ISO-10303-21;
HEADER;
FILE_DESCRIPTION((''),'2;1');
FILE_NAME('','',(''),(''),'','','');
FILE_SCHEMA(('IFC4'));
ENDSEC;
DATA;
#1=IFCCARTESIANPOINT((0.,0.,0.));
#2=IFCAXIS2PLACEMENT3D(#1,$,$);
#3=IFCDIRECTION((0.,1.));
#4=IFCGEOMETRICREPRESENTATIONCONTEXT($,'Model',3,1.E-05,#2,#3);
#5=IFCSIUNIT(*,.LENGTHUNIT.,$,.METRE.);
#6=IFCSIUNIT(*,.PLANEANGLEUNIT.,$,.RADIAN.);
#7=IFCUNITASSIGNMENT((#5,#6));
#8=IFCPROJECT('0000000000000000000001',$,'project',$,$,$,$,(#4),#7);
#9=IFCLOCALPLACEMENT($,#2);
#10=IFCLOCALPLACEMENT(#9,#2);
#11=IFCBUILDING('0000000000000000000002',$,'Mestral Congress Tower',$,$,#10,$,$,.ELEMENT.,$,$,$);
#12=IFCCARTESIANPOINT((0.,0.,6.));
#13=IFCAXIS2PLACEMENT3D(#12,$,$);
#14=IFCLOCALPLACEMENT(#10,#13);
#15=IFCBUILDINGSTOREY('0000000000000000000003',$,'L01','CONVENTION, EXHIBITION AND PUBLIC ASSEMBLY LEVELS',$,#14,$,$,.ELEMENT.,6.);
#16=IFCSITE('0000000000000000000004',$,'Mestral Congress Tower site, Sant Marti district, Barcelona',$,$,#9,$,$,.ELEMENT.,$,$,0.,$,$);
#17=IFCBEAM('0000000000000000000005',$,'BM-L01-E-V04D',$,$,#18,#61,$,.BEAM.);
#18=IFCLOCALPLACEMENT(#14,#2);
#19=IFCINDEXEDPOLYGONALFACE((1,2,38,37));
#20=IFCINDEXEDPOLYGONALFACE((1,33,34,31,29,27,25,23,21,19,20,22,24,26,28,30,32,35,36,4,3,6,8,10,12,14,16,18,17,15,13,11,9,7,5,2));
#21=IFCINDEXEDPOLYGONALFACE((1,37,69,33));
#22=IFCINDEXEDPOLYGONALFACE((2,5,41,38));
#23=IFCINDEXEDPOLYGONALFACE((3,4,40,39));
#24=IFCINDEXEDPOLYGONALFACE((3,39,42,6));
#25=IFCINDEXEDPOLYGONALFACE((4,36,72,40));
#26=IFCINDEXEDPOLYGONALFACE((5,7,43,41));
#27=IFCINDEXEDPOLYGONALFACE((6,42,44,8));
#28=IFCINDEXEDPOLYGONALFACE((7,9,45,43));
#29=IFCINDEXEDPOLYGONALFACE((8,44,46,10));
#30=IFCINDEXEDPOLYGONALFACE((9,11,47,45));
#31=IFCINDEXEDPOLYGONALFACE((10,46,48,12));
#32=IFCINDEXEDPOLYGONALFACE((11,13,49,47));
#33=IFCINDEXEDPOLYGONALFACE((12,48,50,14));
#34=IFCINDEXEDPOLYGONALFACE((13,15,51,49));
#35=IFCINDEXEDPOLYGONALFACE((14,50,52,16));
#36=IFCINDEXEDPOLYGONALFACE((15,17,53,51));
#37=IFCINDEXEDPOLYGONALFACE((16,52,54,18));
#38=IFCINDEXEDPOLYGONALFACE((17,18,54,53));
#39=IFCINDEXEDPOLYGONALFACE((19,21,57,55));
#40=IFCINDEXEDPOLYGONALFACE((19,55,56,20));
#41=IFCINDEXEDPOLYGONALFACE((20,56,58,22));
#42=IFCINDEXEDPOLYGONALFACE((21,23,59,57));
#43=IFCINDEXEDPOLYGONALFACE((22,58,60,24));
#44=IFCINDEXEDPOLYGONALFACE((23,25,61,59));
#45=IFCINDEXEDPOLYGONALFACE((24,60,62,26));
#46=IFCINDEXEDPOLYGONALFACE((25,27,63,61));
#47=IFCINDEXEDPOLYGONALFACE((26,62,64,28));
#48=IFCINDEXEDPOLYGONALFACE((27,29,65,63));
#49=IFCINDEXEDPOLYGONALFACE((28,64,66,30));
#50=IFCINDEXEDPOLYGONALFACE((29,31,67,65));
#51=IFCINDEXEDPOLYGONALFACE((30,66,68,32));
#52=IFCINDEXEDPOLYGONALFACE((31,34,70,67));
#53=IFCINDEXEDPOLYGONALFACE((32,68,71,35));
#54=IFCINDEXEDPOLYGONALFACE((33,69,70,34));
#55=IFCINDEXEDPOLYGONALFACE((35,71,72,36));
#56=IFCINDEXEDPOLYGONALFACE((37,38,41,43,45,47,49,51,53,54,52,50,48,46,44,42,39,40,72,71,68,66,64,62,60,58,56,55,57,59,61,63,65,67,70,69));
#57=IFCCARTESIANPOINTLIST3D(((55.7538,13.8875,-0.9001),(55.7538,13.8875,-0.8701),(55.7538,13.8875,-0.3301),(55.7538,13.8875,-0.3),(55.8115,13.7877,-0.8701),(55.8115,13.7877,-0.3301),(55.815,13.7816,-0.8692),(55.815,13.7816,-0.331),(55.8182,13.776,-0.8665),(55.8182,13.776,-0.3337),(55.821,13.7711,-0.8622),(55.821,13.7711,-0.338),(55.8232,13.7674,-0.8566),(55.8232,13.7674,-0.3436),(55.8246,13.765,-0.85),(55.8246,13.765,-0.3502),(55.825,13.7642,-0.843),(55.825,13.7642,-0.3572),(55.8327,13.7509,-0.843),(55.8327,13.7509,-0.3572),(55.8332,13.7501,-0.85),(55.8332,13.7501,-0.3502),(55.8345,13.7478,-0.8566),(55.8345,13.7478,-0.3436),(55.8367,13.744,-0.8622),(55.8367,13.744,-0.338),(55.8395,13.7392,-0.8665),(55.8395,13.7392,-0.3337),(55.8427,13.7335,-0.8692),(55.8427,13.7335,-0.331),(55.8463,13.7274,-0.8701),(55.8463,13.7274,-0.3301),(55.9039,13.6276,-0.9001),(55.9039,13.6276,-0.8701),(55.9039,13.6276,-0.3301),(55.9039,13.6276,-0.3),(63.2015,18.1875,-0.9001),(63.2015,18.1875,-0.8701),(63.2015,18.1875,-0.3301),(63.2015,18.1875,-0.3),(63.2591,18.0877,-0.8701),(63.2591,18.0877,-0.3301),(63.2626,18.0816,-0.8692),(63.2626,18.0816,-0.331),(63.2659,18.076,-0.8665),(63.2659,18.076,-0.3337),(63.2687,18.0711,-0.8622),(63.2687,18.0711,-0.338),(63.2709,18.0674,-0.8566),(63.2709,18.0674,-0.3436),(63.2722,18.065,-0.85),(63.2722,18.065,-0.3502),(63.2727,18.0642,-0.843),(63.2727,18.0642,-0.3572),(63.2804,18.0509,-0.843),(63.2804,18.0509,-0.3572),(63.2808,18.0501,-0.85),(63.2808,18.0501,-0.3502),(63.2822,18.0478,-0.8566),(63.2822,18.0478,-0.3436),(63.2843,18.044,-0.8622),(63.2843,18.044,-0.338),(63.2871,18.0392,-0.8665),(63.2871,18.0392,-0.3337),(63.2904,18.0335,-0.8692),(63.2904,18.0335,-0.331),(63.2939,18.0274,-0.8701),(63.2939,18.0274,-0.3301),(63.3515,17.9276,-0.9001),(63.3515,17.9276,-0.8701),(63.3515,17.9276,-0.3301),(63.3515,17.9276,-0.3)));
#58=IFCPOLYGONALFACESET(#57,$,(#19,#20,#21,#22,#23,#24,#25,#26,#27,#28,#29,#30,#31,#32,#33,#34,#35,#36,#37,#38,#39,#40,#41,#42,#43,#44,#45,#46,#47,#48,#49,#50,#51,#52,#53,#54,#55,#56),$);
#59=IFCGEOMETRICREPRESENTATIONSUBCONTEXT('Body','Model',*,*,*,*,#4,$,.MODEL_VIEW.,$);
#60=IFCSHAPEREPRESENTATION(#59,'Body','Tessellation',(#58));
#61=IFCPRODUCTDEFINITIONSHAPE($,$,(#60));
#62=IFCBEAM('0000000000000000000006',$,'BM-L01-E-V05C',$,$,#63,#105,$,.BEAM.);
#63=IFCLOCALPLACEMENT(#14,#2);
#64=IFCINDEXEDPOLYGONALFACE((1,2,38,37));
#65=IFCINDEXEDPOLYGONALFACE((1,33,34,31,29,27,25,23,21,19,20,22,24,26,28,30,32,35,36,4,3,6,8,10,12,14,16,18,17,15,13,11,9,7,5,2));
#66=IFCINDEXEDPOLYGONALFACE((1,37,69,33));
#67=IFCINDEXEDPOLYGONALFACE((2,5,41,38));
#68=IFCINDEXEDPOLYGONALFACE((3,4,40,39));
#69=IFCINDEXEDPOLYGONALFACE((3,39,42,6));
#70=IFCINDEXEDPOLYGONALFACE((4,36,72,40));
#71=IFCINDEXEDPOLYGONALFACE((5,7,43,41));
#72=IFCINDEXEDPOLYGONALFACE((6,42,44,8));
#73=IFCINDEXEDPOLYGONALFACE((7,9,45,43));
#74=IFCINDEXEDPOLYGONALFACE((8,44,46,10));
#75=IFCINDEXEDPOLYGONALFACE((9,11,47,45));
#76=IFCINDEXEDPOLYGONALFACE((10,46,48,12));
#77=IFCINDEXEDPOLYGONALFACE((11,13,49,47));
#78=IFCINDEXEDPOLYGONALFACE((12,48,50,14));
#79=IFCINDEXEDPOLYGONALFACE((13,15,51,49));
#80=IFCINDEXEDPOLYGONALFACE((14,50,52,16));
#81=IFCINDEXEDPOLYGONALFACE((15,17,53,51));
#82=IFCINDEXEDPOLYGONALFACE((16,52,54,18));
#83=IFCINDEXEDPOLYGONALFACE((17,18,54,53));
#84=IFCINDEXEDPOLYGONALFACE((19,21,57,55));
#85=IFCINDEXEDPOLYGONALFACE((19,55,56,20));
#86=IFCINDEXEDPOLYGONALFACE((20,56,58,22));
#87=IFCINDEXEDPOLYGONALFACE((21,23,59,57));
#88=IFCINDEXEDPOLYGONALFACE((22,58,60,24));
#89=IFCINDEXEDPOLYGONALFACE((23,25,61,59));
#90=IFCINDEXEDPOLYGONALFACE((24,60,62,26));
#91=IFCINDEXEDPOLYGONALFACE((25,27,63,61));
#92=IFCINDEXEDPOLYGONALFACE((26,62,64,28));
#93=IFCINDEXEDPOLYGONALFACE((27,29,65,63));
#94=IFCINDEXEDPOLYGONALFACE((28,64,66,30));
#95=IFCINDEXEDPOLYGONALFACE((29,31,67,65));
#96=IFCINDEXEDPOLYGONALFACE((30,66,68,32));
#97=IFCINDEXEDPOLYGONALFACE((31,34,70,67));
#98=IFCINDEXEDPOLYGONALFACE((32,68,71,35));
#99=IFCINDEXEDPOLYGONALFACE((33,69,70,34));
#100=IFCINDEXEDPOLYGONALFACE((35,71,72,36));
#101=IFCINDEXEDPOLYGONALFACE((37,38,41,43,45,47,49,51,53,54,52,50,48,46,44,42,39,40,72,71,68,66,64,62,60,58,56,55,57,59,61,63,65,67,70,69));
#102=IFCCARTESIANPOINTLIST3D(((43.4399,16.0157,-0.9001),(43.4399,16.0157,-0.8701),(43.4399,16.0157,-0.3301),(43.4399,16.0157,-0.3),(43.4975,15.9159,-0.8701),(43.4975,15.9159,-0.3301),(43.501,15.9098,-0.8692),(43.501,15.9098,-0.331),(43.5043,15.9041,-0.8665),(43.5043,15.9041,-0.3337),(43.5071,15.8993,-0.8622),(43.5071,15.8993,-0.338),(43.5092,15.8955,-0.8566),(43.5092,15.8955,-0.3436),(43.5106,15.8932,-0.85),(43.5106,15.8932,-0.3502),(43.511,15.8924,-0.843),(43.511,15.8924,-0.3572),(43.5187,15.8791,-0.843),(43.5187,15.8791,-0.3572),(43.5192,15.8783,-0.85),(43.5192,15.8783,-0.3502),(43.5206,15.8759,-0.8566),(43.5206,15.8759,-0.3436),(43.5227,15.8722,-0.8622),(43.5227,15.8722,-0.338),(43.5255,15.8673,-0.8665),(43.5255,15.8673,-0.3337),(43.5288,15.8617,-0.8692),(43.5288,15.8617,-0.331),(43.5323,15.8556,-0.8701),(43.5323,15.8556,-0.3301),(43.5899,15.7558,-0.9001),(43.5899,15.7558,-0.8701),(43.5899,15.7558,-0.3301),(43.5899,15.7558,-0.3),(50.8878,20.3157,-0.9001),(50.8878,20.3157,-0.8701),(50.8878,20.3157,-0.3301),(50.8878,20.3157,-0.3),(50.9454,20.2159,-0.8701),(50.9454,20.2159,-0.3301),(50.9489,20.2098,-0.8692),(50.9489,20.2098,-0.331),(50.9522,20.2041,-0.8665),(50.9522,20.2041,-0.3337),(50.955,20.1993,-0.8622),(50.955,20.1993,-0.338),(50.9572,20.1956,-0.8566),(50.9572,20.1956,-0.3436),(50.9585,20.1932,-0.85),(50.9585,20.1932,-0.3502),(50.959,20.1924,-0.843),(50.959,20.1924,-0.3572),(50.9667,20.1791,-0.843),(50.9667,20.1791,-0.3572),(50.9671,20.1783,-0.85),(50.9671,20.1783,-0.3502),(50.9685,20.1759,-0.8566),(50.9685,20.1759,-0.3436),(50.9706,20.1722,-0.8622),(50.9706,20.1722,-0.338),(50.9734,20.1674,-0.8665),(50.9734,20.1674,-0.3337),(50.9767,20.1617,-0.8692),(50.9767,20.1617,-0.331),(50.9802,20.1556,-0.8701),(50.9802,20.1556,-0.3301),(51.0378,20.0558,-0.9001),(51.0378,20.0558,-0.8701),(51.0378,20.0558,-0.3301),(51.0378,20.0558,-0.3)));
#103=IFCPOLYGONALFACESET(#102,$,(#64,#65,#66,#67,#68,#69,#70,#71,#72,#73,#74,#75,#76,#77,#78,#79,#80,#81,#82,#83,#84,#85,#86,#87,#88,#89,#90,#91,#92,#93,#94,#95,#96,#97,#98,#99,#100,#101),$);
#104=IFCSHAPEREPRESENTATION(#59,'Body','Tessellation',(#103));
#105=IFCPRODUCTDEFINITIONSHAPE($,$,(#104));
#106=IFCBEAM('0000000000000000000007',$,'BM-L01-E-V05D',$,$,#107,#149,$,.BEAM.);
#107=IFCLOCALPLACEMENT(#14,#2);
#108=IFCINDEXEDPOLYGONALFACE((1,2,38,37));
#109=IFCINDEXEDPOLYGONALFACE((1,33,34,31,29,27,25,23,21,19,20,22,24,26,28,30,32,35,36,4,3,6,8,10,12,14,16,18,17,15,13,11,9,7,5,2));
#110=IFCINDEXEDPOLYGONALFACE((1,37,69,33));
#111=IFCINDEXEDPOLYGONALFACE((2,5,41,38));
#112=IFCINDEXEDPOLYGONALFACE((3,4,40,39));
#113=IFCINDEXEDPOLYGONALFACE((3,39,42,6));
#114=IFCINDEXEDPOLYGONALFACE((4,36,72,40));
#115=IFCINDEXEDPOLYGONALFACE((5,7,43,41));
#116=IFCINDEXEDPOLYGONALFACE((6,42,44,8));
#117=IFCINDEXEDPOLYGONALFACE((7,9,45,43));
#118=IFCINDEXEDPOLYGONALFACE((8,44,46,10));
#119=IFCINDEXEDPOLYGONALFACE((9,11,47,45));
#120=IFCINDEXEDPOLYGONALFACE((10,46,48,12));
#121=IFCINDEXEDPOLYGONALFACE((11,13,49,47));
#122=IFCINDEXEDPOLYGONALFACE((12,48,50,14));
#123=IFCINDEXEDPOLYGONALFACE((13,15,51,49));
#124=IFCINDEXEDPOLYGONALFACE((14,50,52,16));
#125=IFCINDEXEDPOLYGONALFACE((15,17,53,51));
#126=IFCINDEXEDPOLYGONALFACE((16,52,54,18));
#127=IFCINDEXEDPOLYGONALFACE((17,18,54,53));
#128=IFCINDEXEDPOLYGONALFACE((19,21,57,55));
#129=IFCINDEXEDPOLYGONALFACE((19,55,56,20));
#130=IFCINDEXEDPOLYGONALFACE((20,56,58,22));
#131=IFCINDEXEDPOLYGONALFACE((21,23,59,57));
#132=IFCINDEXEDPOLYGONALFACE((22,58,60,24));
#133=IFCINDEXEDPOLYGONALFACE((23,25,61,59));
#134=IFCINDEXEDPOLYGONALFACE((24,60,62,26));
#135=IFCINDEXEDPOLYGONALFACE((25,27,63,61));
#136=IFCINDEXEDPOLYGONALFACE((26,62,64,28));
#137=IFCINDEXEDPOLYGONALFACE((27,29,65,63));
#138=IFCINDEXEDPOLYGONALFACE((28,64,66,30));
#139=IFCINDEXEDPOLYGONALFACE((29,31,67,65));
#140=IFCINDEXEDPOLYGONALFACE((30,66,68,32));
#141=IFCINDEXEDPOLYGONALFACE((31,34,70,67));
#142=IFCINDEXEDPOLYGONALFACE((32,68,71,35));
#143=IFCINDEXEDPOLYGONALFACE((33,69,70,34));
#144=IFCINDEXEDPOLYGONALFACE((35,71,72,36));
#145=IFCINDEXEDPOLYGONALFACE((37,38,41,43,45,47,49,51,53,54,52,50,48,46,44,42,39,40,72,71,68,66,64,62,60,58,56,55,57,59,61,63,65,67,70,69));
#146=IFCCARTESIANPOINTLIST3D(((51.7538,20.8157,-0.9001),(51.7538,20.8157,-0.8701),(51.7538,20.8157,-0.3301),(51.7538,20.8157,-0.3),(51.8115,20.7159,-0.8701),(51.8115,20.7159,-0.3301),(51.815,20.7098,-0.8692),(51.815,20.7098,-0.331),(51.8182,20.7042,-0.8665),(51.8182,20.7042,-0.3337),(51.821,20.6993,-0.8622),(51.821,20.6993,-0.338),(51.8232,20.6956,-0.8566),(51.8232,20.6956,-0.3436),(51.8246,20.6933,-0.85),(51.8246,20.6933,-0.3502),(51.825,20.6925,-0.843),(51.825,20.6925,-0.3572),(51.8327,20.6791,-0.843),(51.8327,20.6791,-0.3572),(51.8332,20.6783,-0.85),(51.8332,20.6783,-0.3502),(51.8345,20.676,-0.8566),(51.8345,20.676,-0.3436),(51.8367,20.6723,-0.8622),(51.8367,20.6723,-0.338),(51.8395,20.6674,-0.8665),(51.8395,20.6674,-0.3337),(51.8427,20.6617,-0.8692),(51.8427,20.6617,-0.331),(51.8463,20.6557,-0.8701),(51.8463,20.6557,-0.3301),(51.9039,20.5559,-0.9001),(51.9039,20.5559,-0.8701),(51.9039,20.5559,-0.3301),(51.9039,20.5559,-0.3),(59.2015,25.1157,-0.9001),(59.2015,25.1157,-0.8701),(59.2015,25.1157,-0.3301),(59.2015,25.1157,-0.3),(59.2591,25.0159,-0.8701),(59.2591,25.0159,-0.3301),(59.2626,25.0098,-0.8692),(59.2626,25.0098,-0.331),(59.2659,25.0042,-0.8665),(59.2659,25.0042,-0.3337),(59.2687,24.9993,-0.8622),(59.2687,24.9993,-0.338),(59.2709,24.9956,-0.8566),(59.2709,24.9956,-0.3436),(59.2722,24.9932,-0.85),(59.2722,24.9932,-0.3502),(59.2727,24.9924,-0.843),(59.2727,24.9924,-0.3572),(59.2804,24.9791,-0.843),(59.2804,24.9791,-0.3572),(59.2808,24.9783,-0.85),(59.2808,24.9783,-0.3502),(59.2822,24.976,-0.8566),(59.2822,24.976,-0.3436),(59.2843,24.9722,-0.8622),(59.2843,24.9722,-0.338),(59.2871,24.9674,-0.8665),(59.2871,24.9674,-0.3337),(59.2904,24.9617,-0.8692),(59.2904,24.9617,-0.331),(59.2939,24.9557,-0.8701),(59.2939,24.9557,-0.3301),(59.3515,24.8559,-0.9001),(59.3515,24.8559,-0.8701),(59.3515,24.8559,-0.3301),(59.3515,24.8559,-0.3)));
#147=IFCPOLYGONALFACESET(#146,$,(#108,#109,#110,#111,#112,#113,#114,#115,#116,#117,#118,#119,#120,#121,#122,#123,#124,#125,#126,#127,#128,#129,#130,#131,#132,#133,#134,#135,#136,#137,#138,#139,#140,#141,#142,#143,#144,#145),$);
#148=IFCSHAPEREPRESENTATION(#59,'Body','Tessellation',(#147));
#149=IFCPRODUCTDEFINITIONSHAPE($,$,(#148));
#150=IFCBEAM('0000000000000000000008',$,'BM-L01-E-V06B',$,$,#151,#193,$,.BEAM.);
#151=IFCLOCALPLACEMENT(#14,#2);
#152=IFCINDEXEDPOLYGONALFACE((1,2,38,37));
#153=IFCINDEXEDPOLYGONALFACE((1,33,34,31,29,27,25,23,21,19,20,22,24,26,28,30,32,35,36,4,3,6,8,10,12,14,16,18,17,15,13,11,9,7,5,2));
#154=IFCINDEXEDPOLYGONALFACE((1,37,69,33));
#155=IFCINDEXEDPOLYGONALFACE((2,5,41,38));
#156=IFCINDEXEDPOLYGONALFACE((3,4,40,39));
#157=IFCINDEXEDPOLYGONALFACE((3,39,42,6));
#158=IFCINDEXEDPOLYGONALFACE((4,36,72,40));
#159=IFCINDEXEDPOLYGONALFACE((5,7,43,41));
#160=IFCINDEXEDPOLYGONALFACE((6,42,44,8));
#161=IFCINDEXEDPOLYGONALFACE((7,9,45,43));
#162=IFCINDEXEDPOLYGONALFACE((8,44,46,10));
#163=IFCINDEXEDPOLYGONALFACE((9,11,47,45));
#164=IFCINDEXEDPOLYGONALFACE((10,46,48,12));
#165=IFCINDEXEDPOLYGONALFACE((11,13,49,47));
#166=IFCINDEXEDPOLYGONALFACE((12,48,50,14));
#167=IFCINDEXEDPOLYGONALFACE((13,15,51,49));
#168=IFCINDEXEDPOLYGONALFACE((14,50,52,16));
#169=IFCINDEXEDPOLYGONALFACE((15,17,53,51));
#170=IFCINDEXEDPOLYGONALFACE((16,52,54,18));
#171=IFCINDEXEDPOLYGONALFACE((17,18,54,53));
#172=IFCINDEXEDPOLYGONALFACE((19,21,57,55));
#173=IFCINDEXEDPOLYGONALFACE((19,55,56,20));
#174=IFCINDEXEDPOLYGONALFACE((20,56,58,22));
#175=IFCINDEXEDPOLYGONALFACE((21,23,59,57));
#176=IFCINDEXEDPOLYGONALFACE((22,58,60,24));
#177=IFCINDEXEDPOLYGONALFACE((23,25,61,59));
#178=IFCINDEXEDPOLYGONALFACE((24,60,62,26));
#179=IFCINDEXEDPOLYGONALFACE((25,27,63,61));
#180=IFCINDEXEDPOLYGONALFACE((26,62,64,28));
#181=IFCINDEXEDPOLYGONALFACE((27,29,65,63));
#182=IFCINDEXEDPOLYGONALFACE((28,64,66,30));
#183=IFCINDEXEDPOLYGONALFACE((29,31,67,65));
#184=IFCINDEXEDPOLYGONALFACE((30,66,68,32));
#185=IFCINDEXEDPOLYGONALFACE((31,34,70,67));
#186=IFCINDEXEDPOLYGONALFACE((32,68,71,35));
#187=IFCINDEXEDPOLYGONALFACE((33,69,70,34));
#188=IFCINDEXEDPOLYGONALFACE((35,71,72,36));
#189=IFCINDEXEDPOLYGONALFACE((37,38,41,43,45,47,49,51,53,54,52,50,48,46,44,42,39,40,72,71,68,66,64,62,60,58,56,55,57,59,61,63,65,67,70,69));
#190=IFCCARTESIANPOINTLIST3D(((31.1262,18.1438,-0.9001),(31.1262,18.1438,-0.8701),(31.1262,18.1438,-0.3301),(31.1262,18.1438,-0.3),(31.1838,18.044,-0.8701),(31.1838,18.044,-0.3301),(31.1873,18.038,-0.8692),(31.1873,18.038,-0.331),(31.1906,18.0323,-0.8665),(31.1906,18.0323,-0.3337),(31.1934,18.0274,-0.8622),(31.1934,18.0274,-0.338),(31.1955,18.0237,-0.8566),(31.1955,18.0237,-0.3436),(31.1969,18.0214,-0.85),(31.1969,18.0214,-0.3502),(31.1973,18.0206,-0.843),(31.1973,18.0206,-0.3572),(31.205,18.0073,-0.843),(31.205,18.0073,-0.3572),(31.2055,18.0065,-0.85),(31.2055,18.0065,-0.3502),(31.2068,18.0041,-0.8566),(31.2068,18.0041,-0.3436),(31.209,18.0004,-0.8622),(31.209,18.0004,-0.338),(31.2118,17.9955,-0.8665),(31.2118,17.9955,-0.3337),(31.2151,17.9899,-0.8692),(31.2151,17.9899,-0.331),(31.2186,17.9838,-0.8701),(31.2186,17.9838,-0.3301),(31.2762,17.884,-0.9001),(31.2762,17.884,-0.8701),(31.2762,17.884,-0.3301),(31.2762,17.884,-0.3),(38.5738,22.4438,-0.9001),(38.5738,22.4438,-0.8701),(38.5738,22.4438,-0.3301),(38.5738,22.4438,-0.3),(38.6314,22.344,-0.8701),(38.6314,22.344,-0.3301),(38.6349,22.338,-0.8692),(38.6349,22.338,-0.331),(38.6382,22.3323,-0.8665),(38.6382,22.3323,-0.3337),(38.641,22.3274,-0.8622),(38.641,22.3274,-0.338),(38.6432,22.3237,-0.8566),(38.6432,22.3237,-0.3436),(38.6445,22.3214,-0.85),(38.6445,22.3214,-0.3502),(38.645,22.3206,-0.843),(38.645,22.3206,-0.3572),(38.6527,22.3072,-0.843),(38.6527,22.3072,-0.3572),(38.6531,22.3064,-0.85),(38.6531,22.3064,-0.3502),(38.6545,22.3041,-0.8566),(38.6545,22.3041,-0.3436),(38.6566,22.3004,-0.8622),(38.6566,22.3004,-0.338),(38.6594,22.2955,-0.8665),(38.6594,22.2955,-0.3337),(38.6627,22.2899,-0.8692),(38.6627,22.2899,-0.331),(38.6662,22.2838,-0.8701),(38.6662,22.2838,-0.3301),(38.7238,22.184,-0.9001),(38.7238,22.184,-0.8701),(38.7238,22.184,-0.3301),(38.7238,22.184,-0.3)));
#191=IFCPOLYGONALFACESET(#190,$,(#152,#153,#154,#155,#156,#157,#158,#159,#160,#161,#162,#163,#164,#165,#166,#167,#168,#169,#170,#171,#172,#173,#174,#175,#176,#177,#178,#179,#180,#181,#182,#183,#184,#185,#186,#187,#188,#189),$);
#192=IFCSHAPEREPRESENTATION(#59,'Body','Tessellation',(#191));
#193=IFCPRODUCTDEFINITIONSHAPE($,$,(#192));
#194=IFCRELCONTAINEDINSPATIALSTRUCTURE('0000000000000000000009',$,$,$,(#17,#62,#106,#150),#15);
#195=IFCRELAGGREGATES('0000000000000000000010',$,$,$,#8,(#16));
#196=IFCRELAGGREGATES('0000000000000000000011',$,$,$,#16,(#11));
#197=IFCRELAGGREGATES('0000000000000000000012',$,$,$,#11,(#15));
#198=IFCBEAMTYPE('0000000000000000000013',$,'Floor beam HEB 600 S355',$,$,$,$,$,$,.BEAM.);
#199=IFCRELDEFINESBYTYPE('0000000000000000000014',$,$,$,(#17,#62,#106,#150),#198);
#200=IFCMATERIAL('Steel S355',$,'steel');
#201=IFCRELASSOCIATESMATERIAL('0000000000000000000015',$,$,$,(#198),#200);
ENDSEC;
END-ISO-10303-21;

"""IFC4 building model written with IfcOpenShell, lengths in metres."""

from ifc_helpers import new_model, si_unit, direction, frame, origin, origin_2d, place, context, subcontext, project, spatial, i_section, extrude, material, material_profile, profile_set, type_object, element, save


model = new_model("IFC4")

# Units and contexts
model_context = context("Model", 3, precision=1e-05, world=origin(), true_north=direction((0.0, 1.0)))
body_context = subcontext(model_context, "Body", "Model", "MODEL_VIEW")
ifc_project = project(units=[si_unit("LENGTHUNIT", "METRE"), si_unit("PLANEANGLEUNIT", "RADIAN")], contexts=[model_context])

# Site, building, storey
site_placement = place(None, origin())
site = spatial("IfcSite", under=ifc_project, at=site_placement, Name="Mestral Congress Tower site, Sant Marti district, Barcelona", CompositionType="ELEMENT", RefElevation=0.0)
building_placement = place(site_placement, origin())
building = spatial("IfcBuilding", under=site, at=building_placement, Name="Mestral Congress Tower", CompositionType="ELEMENT")
storey_placement = place(building_placement, frame((0.0, 0.0, 6.0)))
storey = spatial("IfcBuildingStorey", under=building, at=storey_placement, Name="L01", Description="CONVENTION, EXHIBITION AND PUBLIC ASSEMBLY LEVELS", CompositionType="ELEMENT", Elevation=6.0)

# Beams
ifc_material = material(Name="Steel S355", Category="steel")
ifc_material_profile_1 = material_profile(ifc_material, i_section(OverallWidth=0.3, OverallDepth=0.6001, WebThickness=0.0154, FlangeThickness=0.03, FilletRadius=0.0271, at=origin_2d()), Name="HEB 600")
ifc_profile_set_1 = profile_set([ifc_material_profile_1], Name="Steel S355")
beam_type_1 = type_object("IfcBeamType", Name="Floor beam HEB 600 S355", PredefinedType="BEAM", material=ifc_profile_set_1)
beam_1_placement = place(storey_placement, frame((55.8289, 13.7576, -0.6001), z_axis=(0.866021, 0.500008, 0.0), x_axis=(-0.500008, 0.866021, 0.0)))
element("IfcBeam", 1, at=beam_1_placement, inside=storey, type_object=beam_type_1, Name="BM-L01-E-V04D", PredefinedType="BEAM", context=body_context, shape_type="SweptSolid", body=[
    extrude(i_section(OverallWidth=0.3, OverallDepth=0.6001, WebThickness=0.0154, FlangeThickness=0.03, FilletRadius=0.0271, at=origin_2d()), origin(), (0.0, 0.0, 1.0), 8.5999),
])
beam_2_placement = place(storey_placement, frame((43.5149, 15.8857, -0.6001), z_axis=(0.866028, 0.499995, 0.0), x_axis=(-0.499995, 0.866028, 0.0)))
element("IfcBeam", 2, at=beam_2_placement, inside=storey, type_object=beam_type_1, Name="BM-L01-E-V05C", PredefinedType="BEAM", context=body_context, shape_type="SweptSolid", body=[
    extrude(i_section(OverallWidth=0.3, OverallDepth=0.6001, WebThickness=0.0154, FlangeThickness=0.03, FilletRadius=0.0271, at=origin_2d()), origin(), (0.0, 0.0, 1.0), 8.6001),
])
for number, where, z_axis, x_axis, name in (
    (3, (51.8289, 20.6858, -0.6001), (0.866021, 0.500008, 0.0), (-0.500008, 0.866021, 0.0), "BM-L01-E-V05D"),
    (4, (31.2012, 18.0139, -0.6001), (0.866021, 0.500008, 0.0), (-0.500008, 0.866021, 0.0), "BM-L01-E-V06B"),
):
    element("IfcBeam", number, at=place(storey_placement, frame(where, z_axis=z_axis, x_axis=x_axis)), inside=storey, type_object=beam_type_1, Name=name, PredefinedType="BEAM", context=body_context, shape_type="SweptSolid", body=[
        extrude(i_section(OverallWidth=0.3, OverallDepth=0.6001, WebThickness=0.0154, FlangeThickness=0.03, FilletRadius=0.0271, at=origin_2d()), origin(), (0.0, 0.0, 1.0), 8.5999),
    ])

save(model, "model.ifc")
